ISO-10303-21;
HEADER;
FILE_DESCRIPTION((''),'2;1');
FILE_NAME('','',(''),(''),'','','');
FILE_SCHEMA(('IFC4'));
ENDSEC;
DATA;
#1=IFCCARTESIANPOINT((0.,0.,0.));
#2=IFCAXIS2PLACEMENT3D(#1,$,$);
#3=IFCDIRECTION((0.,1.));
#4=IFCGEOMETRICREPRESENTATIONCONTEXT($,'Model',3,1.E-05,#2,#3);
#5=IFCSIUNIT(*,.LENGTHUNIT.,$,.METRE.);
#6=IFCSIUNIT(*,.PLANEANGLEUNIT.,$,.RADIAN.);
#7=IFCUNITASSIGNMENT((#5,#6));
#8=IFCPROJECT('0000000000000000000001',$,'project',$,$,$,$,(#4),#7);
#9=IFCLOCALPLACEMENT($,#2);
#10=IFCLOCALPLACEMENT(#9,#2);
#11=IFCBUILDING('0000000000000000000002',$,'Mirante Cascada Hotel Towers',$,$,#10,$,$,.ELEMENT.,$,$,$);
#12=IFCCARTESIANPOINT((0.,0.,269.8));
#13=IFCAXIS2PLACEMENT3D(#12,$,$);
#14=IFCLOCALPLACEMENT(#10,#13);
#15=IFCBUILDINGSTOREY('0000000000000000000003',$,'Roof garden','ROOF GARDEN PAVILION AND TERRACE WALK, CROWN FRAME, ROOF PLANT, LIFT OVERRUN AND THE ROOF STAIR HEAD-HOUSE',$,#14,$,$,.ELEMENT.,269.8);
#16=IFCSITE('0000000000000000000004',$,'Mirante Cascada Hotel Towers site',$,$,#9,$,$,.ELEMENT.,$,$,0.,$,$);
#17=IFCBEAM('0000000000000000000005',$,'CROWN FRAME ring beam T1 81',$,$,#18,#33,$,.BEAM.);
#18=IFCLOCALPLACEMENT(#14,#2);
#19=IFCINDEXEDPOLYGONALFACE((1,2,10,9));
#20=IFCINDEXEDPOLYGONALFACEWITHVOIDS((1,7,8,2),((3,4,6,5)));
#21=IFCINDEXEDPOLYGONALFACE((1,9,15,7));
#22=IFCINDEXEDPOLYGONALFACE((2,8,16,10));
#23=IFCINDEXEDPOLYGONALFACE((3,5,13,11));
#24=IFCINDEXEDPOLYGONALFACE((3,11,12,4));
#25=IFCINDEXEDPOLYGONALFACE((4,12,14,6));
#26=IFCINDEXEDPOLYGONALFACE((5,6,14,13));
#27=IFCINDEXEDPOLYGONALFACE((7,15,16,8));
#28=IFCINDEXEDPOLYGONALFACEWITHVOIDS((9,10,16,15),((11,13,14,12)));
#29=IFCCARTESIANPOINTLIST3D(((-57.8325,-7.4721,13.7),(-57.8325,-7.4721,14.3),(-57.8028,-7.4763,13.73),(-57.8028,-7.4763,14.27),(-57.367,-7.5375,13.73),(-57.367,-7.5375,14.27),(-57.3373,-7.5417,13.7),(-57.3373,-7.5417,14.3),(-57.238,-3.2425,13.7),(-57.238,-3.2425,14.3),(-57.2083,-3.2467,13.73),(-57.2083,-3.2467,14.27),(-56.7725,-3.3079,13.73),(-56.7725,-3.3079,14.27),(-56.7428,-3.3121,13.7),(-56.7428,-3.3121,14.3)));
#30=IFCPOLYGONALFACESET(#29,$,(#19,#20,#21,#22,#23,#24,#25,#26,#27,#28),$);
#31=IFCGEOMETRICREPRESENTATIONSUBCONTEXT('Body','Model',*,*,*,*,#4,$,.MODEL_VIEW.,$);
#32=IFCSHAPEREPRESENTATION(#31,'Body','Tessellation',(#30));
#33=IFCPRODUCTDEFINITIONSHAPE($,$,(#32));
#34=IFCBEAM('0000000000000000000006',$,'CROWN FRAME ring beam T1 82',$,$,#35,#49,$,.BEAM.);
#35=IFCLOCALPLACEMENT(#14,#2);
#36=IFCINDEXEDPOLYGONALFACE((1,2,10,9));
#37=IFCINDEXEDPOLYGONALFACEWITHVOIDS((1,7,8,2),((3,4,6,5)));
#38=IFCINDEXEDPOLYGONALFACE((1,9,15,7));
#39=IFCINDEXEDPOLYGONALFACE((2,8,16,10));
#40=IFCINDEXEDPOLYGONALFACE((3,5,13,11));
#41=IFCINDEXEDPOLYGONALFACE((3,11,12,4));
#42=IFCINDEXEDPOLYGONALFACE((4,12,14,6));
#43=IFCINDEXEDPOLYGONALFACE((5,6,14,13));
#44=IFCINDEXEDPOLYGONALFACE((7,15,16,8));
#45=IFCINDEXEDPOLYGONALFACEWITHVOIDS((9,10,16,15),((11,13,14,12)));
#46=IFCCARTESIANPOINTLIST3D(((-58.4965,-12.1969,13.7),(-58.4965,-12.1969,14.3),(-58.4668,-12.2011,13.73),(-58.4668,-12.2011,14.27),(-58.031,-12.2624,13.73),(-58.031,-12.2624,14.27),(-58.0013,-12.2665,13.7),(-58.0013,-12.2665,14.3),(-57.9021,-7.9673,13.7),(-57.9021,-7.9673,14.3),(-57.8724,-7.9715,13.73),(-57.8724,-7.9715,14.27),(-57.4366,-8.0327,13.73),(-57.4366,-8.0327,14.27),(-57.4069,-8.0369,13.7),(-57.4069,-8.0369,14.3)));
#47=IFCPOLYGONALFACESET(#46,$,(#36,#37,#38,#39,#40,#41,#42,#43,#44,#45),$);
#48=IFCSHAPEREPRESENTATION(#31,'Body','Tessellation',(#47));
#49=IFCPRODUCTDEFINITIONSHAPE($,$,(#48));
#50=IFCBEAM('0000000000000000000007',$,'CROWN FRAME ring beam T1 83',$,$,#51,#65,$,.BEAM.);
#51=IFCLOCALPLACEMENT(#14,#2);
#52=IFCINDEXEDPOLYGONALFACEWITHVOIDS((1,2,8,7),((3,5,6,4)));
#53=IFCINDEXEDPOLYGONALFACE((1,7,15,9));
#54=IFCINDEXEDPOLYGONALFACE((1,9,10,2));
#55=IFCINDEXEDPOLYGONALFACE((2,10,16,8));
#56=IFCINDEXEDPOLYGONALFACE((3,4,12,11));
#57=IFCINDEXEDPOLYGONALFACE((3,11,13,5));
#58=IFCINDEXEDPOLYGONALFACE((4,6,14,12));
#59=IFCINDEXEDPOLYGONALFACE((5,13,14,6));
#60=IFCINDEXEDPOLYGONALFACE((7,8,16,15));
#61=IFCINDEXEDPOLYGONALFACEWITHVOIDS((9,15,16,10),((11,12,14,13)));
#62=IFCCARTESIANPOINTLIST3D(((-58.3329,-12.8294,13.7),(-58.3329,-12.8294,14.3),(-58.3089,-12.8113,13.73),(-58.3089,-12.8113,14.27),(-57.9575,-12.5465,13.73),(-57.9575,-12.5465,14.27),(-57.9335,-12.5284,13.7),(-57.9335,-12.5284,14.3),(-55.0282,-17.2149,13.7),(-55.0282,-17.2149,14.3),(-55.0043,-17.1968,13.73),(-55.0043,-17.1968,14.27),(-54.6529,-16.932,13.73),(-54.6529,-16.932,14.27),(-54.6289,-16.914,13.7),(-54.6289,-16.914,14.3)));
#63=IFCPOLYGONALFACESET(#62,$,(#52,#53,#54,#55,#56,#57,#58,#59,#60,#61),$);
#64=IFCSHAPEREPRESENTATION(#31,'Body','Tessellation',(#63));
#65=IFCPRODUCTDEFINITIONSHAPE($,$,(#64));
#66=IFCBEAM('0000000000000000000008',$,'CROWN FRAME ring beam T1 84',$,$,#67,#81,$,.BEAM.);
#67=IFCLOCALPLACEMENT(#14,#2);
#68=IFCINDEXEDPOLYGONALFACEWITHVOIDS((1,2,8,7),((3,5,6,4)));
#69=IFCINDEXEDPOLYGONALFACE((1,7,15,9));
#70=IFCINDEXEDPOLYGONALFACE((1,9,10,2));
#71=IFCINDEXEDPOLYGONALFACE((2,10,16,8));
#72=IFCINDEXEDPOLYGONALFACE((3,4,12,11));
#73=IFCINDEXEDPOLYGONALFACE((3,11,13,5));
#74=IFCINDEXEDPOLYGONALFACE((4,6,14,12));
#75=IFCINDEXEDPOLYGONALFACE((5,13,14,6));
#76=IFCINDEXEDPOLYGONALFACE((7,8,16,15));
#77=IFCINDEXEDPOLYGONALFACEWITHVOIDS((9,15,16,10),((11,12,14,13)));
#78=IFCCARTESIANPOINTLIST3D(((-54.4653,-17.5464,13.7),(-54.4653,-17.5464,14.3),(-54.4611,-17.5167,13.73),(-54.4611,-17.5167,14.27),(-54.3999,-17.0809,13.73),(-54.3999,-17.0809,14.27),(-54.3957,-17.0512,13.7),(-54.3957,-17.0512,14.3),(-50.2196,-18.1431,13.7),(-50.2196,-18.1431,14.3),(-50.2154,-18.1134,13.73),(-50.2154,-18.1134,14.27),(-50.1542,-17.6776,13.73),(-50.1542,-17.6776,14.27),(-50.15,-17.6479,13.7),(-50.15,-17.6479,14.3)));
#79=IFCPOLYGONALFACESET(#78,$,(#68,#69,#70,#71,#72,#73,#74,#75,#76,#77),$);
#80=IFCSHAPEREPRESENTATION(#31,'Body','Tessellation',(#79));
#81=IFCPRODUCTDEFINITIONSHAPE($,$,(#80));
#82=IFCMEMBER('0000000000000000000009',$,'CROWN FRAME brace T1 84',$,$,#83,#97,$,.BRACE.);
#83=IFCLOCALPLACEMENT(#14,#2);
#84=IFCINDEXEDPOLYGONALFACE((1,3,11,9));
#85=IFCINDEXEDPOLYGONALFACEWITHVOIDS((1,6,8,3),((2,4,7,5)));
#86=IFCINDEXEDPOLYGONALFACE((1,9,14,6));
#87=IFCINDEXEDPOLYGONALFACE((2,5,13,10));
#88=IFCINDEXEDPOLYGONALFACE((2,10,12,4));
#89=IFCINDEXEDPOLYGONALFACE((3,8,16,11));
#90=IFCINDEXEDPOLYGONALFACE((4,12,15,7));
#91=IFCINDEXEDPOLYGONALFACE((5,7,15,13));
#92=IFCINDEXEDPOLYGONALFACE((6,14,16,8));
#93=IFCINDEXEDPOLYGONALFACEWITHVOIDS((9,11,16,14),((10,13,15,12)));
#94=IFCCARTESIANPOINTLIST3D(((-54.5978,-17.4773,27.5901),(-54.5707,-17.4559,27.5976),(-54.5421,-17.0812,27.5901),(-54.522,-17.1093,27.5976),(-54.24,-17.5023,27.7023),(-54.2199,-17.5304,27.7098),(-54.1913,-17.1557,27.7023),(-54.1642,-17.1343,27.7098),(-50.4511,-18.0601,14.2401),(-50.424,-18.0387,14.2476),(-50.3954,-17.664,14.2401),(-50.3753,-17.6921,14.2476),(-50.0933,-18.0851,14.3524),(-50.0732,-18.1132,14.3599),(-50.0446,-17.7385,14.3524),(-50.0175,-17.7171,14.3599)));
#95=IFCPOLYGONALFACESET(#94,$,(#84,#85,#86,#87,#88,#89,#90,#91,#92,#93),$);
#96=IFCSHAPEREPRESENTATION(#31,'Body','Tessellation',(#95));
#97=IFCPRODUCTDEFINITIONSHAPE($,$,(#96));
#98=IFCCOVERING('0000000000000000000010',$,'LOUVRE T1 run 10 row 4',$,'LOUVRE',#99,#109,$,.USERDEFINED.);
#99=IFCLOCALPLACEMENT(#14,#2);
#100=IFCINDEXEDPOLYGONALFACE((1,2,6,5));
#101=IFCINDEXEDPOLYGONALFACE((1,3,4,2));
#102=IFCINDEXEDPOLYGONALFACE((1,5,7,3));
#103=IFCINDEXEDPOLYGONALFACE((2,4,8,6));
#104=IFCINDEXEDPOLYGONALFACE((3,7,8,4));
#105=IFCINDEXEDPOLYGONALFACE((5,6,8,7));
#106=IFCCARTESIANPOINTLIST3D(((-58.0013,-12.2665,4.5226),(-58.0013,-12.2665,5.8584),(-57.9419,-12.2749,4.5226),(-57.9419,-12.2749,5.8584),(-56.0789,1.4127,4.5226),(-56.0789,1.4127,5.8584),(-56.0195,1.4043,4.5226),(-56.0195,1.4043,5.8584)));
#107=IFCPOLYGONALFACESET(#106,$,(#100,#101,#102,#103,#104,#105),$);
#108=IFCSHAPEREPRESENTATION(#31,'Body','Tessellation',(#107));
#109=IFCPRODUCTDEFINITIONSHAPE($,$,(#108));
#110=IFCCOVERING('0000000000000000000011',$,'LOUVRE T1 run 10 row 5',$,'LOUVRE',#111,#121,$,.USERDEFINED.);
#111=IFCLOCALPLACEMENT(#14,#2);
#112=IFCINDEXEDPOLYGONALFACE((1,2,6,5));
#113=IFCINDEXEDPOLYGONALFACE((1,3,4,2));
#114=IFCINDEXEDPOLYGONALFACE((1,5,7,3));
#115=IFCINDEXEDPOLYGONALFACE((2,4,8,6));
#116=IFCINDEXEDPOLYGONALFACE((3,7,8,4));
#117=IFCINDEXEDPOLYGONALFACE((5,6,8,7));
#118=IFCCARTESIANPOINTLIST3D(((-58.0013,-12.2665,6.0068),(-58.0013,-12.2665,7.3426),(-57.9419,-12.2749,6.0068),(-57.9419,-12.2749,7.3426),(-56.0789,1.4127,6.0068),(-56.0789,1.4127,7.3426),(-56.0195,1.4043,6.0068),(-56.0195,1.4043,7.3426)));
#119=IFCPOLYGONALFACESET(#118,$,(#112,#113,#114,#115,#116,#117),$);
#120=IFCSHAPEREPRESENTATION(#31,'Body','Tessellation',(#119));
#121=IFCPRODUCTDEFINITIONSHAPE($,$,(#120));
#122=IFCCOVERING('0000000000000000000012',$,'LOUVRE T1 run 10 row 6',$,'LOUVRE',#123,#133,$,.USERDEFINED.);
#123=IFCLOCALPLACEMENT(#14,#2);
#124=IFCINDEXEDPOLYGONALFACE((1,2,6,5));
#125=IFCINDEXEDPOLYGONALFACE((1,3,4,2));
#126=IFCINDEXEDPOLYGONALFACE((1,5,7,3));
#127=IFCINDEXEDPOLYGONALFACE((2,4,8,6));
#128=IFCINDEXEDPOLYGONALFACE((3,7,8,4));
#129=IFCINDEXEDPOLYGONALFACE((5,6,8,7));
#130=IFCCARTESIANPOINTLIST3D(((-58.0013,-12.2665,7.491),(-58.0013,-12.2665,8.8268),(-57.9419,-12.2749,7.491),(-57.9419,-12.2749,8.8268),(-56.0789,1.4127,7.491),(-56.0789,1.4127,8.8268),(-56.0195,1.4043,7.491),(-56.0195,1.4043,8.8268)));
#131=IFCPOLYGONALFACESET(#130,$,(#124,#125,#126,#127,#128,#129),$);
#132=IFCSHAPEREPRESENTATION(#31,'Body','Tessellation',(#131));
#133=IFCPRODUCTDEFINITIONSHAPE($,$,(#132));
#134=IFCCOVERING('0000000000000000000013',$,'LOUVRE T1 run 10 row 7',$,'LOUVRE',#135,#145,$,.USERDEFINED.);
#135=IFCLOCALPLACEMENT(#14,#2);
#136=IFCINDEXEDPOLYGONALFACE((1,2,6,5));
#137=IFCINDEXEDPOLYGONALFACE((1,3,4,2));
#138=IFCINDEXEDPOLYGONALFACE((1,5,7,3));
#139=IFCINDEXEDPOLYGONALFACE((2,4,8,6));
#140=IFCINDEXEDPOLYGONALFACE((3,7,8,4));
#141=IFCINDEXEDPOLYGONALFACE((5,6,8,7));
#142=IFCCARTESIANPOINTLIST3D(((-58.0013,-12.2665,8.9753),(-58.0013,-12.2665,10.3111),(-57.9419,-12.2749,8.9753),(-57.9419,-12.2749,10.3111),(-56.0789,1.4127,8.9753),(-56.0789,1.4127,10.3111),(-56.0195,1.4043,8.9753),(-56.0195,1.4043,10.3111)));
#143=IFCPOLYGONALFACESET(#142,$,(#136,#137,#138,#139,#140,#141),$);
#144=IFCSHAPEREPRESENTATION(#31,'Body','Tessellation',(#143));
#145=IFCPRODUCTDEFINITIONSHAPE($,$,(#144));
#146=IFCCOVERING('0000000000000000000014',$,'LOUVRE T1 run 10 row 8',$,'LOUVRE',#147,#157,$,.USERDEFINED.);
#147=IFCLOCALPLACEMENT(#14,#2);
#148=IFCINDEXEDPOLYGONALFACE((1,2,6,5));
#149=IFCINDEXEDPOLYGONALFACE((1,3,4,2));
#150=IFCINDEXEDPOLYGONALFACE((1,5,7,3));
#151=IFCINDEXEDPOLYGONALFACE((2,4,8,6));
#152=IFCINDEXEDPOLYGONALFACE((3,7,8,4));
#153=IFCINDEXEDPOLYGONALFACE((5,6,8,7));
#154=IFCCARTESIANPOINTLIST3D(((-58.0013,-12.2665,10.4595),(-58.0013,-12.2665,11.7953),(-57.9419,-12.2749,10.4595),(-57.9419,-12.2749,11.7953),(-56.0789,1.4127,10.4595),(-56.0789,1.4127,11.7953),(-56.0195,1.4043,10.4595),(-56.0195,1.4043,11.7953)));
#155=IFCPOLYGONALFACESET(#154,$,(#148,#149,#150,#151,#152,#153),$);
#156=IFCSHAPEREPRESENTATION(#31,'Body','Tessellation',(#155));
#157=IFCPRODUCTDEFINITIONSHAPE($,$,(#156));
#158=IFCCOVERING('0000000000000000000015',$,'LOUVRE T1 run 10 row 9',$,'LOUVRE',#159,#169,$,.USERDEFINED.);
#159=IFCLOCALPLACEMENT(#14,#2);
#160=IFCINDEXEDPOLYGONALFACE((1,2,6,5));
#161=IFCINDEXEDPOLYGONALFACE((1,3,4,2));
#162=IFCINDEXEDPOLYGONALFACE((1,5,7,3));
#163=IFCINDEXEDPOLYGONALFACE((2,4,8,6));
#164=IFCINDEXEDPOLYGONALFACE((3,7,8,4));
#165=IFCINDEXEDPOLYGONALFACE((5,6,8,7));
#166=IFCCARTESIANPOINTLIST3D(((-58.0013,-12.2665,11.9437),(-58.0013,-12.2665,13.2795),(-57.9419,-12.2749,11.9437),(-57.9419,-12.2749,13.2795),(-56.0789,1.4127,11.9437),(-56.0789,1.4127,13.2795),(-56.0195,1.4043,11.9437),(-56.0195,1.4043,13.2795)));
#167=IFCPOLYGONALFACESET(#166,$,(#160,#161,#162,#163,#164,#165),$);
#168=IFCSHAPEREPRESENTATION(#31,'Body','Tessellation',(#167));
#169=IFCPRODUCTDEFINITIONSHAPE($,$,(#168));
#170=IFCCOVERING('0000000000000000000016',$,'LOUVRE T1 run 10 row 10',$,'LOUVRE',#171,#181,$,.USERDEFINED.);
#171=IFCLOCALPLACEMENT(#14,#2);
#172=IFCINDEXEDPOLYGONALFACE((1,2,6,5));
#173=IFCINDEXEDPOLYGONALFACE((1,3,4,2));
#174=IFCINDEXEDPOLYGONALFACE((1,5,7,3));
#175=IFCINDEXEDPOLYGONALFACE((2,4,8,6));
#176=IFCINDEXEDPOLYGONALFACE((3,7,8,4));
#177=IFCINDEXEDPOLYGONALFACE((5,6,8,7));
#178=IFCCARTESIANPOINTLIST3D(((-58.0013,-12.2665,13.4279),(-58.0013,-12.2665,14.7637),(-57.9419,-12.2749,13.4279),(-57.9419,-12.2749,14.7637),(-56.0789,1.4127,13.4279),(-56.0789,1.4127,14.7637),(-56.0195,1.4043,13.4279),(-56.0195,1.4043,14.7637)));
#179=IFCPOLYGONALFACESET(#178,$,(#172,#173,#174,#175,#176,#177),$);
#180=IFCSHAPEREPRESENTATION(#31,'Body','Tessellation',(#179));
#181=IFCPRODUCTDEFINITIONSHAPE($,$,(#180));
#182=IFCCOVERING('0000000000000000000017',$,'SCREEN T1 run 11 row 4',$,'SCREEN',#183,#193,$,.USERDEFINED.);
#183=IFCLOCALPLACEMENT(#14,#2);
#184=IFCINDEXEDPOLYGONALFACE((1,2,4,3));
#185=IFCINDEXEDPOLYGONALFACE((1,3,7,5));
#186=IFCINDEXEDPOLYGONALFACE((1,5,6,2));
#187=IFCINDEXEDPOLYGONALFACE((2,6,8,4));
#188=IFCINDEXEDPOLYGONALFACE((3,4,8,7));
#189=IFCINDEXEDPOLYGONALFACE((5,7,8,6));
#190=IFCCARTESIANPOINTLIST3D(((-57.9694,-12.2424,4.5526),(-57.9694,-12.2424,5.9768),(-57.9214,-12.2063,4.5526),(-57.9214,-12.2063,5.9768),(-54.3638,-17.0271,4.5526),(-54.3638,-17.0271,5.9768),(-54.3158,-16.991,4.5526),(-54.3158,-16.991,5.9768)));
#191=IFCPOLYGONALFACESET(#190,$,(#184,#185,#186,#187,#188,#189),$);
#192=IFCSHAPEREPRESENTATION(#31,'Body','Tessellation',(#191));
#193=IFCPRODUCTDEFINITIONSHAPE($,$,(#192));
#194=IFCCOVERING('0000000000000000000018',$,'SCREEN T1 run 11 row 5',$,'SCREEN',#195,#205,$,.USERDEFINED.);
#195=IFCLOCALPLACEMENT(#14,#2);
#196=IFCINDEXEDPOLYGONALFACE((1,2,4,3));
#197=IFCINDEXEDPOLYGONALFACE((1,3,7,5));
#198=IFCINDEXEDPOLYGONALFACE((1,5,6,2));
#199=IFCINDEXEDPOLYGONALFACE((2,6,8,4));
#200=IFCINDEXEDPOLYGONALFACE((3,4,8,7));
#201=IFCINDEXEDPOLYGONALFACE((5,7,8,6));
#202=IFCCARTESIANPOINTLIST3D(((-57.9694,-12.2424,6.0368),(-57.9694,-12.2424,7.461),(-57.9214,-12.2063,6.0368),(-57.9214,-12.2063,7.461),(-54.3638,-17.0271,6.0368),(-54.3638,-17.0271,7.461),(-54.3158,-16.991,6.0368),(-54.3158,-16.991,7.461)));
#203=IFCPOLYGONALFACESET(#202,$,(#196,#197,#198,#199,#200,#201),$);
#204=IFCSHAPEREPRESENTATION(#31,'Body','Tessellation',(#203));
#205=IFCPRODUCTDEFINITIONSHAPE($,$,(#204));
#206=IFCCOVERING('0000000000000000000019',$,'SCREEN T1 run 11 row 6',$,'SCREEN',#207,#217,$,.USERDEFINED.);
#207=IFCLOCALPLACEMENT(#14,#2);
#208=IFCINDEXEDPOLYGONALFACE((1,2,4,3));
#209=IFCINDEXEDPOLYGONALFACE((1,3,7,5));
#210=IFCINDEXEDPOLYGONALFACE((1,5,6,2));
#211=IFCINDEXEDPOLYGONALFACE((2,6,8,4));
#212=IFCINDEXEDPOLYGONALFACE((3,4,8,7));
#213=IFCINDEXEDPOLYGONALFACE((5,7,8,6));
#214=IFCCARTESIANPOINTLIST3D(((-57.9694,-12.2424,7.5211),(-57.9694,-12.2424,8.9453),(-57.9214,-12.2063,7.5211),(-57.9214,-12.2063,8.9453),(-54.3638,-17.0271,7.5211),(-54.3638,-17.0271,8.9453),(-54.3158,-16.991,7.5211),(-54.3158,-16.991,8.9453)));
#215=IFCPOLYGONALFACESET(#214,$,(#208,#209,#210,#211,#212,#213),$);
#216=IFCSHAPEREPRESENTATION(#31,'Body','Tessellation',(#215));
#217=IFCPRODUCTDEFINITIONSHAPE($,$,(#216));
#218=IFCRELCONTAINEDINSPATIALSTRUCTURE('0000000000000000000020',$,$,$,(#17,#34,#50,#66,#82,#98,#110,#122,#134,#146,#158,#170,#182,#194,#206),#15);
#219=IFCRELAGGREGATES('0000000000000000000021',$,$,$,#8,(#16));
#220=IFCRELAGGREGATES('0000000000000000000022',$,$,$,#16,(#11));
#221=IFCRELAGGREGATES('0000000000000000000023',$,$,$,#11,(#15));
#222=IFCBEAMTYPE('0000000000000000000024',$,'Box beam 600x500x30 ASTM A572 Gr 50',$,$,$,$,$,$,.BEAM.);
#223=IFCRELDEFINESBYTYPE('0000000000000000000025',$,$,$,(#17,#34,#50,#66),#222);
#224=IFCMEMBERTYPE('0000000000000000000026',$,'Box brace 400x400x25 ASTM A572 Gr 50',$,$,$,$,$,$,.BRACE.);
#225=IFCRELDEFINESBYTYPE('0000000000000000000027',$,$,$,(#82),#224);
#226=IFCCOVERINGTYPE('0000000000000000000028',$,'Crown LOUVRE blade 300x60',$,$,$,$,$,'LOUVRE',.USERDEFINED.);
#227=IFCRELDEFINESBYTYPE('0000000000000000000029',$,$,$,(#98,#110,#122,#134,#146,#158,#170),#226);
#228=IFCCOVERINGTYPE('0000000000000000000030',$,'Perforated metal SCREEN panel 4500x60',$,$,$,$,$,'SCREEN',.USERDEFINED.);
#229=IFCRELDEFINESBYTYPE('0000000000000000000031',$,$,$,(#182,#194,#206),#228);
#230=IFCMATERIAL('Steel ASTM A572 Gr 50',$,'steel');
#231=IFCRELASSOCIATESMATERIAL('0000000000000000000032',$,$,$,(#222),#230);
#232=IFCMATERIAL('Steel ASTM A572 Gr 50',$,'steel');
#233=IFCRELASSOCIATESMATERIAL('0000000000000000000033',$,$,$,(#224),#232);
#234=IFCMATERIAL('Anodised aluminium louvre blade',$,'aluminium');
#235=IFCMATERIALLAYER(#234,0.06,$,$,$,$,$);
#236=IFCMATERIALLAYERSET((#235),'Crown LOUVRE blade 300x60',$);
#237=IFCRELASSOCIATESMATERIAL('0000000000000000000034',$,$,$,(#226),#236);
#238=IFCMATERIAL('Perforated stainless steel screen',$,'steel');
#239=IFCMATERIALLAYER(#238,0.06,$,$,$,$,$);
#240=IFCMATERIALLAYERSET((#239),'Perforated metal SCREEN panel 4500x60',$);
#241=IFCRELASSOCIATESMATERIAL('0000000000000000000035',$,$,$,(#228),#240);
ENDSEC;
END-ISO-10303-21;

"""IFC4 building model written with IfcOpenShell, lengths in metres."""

from ifc_helpers import new_model, si_unit, direction, frame, origin, origin_2d, place, context, subcontext, project, spatial, rectangle, hollow_rectangle, extrude, material, layer, layer_set, material_profile, profile_set, type_object, element, save


model = new_model("IFC4")

# Units and contexts
model_context = context("Model", 3, precision=1e-05, world=origin(), true_north=direction((0.0, 1.0)))
body_context = subcontext(model_context, "Body", "Model", "MODEL_VIEW")
ifc_project = project(units=[si_unit("LENGTHUNIT", "METRE"), si_unit("PLANEANGLEUNIT", "RADIAN")], contexts=[model_context])

# Site, building, storey
site_placement = place(None, origin())
site = spatial("IfcSite", under=ifc_project, at=site_placement, Name="Mirante Cascada Hotel Towers site", CompositionType="ELEMENT", RefElevation=0.0)
building_placement = place(site_placement, origin())
building = spatial("IfcBuilding", under=site, at=building_placement, Name="Mirante Cascada Hotel Towers", CompositionType="ELEMENT")
storey_placement = place(building_placement, frame((0.0, 0.0, 269.8)))
storey = spatial("IfcBuildingStorey", under=building, at=storey_placement, Name="Roof garden", Description="ROOF GARDEN PAVILION AND TERRACE WALK, CROWN FRAME, ROOF PLANT, LIFT OVERRUN AND THE ROOF STAIR HEAD-HOUSE", CompositionType="ELEMENT", Elevation=269.8)

# Beams
ifc_material_1 = material(Name="Steel ASTM A572 Gr 50", Category="steel")
ifc_material_profile_1 = material_profile(ifc_material_1, hollow_rectangle(XDim=0.5, YDim=0.6, WallThickness=0.03, at=origin_2d()), Name="Box beam 600x500x30 ASTM A572 Gr 50")
ifc_profile_set_1 = profile_set([ifc_material_profile_1], Name="Steel ASTM A572 Gr 50")
beam_type = type_object("IfcBeamType", Name="Box beam 600x500x30 ASTM A572 Gr 50", PredefinedType="BEAM", material=ifc_profile_set_1)
for number, where, z_axis, x_axis, name in (
    (1, (-56.9904, -3.2773, 14.0), (-0.139189, -0.990266, 0.0), (0.990266, -0.139189, 0.0), "CROWN FRAME ring beam T1 81"),
    (2, (-57.6545, -8.0021, 14.0), (-0.139166, -0.990269, 0.0), (0.990269, -0.139166, 0.0), "CROWN FRAME ring beam T1 82"),
):
    element("IfcBeam", number, at=place(storey_placement, frame(where, z_axis=z_axis, x_axis=x_axis)), inside=storey, type_object=beam_type, Name=name, PredefinedType="BEAM", context=body_context, shape_type="SweptSolid", body=[
        extrude(hollow_rectangle(XDim=0.5, YDim=0.6, WallThickness=0.03, at=origin_2d()), origin(), (0.0, 0.0, 1.0), 4.2712),
    ])
beam_1_placement = place(storey_placement, frame((-58.1332, -12.6789, 14.0), z_axis=(0.601802, -0.798645, 0.0), x_axis=(0.798645, 0.601802, 0.0)))
element("IfcBeam", 3, at=beam_1_placement, inside=storey, type_object=beam_type, Name="CROWN FRAME ring beam T1 83", PredefinedType="BEAM", context=body_context, shape_type="SweptSolid", body=[
    extrude(hollow_rectangle(XDim=0.5, YDim=0.6, WallThickness=0.03, at=origin_2d()), origin(), (0.0, 0.0, 1.0), 5.4912),
])
beam_2_placement = place(storey_placement, frame((-54.4305, -17.2988, 14.0), z_axis=(0.990268, -0.139174, 0.0), x_axis=(0.139174, 0.990268, 0.0)))
element("IfcBeam", 4, at=beam_2_placement, inside=storey, type_object=beam_type, Name="CROWN FRAME ring beam T1 84", PredefinedType="BEAM", context=body_context, shape_type="SweptSolid", body=[
    extrude(hollow_rectangle(XDim=0.5, YDim=0.6, WallThickness=0.03, at=origin_2d()), origin(), (0.0, 0.0, 1.0), 4.2874),
])

# Member
ifc_material_2 = material(Name="Steel ASTM A572 Gr 50", Category="steel")
ifc_material_profile_2 = material_profile(ifc_material_2, hollow_rectangle(XDim=0.4, YDim=0.4, WallThickness=0.025, at=origin_2d()), Name="Box brace 400x400x25 ASTM A572 Gr 50")
ifc_profile_set_2 = profile_set([ifc_material_profile_2], Name="Steel ASTM A572 Gr 50")
member_type = type_object("IfcMemberType", Name="Box brace 400x400x25 ASTM A572 Gr 50", PredefinedType="BRACE", material=ifc_profile_set_2)
member_placement = place(storey_placement, frame((-50.2343, -17.8886, 14.3), z_axis=(-0.296376, 0.041654, 0.954162), x_axis=(-0.139178, -0.990267, 0.0)))
element("IfcMember", 5, at=member_placement, inside=storey, type_object=member_type, Name="CROWN FRAME brace T1 84", PredefinedType="BRACE", context=body_context, shape_type="SweptSolid", body=[
    extrude(hollow_rectangle(XDim=0.4, YDim=0.4, WallThickness=0.025, at=origin_2d()), origin(), (0.0, 0.0, 1.0), 13.9913),
])

# Coverings
ifc_material_3 = material(Name="Anodised aluminium louvre blade", Category="aluminium")
ifc_layer_1 = layer(ifc_material_3, 0.06)
ifc_layer_set_1 = layer_set([ifc_layer_1], Name="Crown LOUVRE blade 300x60")
covering_type_1 = type_object("IfcCoveringType", Name="Crown LOUVRE blade 300x60", ElementType="LOUVRE", PredefinedType="USERDEFINED", material=ifc_layer_set_1)
for number, where, z_axis, x_axis, name in (
    (6, (-57.0104, -5.4311, 4.5226), (0.0, 0.0, 1.0), (-0.139173, -0.990268, 0.0), "LOUVRE T1 run 10 row 4"),
    (7, (-57.0104, -5.4311, 6.0068), (0.0, 0.0, 1.0), (-0.139173, -0.990268, 0.0), "LOUVRE T1 run 10 row 5"),
    (8, (-57.0104, -5.4311, 7.491), (0.0, 0.0, 1.0), (-0.139173, -0.990268, 0.0), "LOUVRE T1 run 10 row 6"),
    (9, (-57.0104, -5.4311, 8.9753), (0.0, 0.0, 1.0), (-0.139173, -0.990268, 0.0), "LOUVRE T1 run 10 row 7"),
    (10, (-57.0104, -5.4311, 10.4595), (0.0, 0.0, 1.0), (-0.139173, -0.990268, 0.0), "LOUVRE T1 run 10 row 8"),
    (11, (-57.0104, -5.4311, 11.9437), (0.0, 0.0, 1.0), (-0.139173, -0.990268, 0.0), "LOUVRE T1 run 10 row 9"),
    (12, (-57.0104, -5.4311, 13.4279), (0.0, 0.0, 1.0), (-0.139173, -0.990268, 0.0), "LOUVRE T1 run 10 row 10"),
):
    element("IfcCovering", number, at=place(storey_placement, frame(where, z_axis=z_axis, x_axis=x_axis)), inside=storey, type_object=covering_type_1, Name=name, ObjectType="LOUVRE", PredefinedType="USERDEFINED", context=body_context, shape_type="SweptSolid", body=[
        extrude(rectangle(XDim=13.8136, YDim=0.06, at=origin_2d()), origin(), (0.0, 0.0, 1.0), 1.3358),
    ])
ifc_material_4 = material(Name="Perforated stainless steel screen", Category="steel")
ifc_layer_2 = layer(ifc_material_4, 0.06)
ifc_layer_set_2 = layer_set([ifc_layer_2], Name="Perforated metal SCREEN panel 4500x60")
covering_type_2 = type_object("IfcCoveringType", Name="Perforated metal SCREEN panel 4500x60", ElementType="SCREEN", PredefinedType="USERDEFINED", material=ifc_layer_set_2)
for number, where, z_axis, x_axis, name in (
    (13, (-56.1426, -14.6167, 4.5526), (0.0, 0.0, 1.0), (0.601815, -0.798636, 0.0), "SCREEN T1 run 11 row 4"),
    (14, (-56.1426, -14.6167, 6.0368), (0.0, 0.0, 1.0), (0.601815, -0.798636, 0.0), "SCREEN T1 run 11 row 5"),
    (15, (-56.1426, -14.6167, 7.5211), (0.0, 0.0, 1.0), (0.601815, -0.798636, 0.0), "SCREEN T1 run 11 row 6"),
):
    element("IfcCovering", number, at=place(storey_placement, frame(where, z_axis=z_axis, x_axis=x_axis)), inside=storey, type_object=covering_type_2, Name=name, ObjectType="SCREEN", PredefinedType="USERDEFINED", context=body_context, shape_type="SweptSolid", body=[
        extrude(rectangle(XDim=5.9912, YDim=0.06, at=origin_2d()), origin(), (0.0, 0.0, 1.0), 1.4242),
    ])

save(model, "model.ifc")
